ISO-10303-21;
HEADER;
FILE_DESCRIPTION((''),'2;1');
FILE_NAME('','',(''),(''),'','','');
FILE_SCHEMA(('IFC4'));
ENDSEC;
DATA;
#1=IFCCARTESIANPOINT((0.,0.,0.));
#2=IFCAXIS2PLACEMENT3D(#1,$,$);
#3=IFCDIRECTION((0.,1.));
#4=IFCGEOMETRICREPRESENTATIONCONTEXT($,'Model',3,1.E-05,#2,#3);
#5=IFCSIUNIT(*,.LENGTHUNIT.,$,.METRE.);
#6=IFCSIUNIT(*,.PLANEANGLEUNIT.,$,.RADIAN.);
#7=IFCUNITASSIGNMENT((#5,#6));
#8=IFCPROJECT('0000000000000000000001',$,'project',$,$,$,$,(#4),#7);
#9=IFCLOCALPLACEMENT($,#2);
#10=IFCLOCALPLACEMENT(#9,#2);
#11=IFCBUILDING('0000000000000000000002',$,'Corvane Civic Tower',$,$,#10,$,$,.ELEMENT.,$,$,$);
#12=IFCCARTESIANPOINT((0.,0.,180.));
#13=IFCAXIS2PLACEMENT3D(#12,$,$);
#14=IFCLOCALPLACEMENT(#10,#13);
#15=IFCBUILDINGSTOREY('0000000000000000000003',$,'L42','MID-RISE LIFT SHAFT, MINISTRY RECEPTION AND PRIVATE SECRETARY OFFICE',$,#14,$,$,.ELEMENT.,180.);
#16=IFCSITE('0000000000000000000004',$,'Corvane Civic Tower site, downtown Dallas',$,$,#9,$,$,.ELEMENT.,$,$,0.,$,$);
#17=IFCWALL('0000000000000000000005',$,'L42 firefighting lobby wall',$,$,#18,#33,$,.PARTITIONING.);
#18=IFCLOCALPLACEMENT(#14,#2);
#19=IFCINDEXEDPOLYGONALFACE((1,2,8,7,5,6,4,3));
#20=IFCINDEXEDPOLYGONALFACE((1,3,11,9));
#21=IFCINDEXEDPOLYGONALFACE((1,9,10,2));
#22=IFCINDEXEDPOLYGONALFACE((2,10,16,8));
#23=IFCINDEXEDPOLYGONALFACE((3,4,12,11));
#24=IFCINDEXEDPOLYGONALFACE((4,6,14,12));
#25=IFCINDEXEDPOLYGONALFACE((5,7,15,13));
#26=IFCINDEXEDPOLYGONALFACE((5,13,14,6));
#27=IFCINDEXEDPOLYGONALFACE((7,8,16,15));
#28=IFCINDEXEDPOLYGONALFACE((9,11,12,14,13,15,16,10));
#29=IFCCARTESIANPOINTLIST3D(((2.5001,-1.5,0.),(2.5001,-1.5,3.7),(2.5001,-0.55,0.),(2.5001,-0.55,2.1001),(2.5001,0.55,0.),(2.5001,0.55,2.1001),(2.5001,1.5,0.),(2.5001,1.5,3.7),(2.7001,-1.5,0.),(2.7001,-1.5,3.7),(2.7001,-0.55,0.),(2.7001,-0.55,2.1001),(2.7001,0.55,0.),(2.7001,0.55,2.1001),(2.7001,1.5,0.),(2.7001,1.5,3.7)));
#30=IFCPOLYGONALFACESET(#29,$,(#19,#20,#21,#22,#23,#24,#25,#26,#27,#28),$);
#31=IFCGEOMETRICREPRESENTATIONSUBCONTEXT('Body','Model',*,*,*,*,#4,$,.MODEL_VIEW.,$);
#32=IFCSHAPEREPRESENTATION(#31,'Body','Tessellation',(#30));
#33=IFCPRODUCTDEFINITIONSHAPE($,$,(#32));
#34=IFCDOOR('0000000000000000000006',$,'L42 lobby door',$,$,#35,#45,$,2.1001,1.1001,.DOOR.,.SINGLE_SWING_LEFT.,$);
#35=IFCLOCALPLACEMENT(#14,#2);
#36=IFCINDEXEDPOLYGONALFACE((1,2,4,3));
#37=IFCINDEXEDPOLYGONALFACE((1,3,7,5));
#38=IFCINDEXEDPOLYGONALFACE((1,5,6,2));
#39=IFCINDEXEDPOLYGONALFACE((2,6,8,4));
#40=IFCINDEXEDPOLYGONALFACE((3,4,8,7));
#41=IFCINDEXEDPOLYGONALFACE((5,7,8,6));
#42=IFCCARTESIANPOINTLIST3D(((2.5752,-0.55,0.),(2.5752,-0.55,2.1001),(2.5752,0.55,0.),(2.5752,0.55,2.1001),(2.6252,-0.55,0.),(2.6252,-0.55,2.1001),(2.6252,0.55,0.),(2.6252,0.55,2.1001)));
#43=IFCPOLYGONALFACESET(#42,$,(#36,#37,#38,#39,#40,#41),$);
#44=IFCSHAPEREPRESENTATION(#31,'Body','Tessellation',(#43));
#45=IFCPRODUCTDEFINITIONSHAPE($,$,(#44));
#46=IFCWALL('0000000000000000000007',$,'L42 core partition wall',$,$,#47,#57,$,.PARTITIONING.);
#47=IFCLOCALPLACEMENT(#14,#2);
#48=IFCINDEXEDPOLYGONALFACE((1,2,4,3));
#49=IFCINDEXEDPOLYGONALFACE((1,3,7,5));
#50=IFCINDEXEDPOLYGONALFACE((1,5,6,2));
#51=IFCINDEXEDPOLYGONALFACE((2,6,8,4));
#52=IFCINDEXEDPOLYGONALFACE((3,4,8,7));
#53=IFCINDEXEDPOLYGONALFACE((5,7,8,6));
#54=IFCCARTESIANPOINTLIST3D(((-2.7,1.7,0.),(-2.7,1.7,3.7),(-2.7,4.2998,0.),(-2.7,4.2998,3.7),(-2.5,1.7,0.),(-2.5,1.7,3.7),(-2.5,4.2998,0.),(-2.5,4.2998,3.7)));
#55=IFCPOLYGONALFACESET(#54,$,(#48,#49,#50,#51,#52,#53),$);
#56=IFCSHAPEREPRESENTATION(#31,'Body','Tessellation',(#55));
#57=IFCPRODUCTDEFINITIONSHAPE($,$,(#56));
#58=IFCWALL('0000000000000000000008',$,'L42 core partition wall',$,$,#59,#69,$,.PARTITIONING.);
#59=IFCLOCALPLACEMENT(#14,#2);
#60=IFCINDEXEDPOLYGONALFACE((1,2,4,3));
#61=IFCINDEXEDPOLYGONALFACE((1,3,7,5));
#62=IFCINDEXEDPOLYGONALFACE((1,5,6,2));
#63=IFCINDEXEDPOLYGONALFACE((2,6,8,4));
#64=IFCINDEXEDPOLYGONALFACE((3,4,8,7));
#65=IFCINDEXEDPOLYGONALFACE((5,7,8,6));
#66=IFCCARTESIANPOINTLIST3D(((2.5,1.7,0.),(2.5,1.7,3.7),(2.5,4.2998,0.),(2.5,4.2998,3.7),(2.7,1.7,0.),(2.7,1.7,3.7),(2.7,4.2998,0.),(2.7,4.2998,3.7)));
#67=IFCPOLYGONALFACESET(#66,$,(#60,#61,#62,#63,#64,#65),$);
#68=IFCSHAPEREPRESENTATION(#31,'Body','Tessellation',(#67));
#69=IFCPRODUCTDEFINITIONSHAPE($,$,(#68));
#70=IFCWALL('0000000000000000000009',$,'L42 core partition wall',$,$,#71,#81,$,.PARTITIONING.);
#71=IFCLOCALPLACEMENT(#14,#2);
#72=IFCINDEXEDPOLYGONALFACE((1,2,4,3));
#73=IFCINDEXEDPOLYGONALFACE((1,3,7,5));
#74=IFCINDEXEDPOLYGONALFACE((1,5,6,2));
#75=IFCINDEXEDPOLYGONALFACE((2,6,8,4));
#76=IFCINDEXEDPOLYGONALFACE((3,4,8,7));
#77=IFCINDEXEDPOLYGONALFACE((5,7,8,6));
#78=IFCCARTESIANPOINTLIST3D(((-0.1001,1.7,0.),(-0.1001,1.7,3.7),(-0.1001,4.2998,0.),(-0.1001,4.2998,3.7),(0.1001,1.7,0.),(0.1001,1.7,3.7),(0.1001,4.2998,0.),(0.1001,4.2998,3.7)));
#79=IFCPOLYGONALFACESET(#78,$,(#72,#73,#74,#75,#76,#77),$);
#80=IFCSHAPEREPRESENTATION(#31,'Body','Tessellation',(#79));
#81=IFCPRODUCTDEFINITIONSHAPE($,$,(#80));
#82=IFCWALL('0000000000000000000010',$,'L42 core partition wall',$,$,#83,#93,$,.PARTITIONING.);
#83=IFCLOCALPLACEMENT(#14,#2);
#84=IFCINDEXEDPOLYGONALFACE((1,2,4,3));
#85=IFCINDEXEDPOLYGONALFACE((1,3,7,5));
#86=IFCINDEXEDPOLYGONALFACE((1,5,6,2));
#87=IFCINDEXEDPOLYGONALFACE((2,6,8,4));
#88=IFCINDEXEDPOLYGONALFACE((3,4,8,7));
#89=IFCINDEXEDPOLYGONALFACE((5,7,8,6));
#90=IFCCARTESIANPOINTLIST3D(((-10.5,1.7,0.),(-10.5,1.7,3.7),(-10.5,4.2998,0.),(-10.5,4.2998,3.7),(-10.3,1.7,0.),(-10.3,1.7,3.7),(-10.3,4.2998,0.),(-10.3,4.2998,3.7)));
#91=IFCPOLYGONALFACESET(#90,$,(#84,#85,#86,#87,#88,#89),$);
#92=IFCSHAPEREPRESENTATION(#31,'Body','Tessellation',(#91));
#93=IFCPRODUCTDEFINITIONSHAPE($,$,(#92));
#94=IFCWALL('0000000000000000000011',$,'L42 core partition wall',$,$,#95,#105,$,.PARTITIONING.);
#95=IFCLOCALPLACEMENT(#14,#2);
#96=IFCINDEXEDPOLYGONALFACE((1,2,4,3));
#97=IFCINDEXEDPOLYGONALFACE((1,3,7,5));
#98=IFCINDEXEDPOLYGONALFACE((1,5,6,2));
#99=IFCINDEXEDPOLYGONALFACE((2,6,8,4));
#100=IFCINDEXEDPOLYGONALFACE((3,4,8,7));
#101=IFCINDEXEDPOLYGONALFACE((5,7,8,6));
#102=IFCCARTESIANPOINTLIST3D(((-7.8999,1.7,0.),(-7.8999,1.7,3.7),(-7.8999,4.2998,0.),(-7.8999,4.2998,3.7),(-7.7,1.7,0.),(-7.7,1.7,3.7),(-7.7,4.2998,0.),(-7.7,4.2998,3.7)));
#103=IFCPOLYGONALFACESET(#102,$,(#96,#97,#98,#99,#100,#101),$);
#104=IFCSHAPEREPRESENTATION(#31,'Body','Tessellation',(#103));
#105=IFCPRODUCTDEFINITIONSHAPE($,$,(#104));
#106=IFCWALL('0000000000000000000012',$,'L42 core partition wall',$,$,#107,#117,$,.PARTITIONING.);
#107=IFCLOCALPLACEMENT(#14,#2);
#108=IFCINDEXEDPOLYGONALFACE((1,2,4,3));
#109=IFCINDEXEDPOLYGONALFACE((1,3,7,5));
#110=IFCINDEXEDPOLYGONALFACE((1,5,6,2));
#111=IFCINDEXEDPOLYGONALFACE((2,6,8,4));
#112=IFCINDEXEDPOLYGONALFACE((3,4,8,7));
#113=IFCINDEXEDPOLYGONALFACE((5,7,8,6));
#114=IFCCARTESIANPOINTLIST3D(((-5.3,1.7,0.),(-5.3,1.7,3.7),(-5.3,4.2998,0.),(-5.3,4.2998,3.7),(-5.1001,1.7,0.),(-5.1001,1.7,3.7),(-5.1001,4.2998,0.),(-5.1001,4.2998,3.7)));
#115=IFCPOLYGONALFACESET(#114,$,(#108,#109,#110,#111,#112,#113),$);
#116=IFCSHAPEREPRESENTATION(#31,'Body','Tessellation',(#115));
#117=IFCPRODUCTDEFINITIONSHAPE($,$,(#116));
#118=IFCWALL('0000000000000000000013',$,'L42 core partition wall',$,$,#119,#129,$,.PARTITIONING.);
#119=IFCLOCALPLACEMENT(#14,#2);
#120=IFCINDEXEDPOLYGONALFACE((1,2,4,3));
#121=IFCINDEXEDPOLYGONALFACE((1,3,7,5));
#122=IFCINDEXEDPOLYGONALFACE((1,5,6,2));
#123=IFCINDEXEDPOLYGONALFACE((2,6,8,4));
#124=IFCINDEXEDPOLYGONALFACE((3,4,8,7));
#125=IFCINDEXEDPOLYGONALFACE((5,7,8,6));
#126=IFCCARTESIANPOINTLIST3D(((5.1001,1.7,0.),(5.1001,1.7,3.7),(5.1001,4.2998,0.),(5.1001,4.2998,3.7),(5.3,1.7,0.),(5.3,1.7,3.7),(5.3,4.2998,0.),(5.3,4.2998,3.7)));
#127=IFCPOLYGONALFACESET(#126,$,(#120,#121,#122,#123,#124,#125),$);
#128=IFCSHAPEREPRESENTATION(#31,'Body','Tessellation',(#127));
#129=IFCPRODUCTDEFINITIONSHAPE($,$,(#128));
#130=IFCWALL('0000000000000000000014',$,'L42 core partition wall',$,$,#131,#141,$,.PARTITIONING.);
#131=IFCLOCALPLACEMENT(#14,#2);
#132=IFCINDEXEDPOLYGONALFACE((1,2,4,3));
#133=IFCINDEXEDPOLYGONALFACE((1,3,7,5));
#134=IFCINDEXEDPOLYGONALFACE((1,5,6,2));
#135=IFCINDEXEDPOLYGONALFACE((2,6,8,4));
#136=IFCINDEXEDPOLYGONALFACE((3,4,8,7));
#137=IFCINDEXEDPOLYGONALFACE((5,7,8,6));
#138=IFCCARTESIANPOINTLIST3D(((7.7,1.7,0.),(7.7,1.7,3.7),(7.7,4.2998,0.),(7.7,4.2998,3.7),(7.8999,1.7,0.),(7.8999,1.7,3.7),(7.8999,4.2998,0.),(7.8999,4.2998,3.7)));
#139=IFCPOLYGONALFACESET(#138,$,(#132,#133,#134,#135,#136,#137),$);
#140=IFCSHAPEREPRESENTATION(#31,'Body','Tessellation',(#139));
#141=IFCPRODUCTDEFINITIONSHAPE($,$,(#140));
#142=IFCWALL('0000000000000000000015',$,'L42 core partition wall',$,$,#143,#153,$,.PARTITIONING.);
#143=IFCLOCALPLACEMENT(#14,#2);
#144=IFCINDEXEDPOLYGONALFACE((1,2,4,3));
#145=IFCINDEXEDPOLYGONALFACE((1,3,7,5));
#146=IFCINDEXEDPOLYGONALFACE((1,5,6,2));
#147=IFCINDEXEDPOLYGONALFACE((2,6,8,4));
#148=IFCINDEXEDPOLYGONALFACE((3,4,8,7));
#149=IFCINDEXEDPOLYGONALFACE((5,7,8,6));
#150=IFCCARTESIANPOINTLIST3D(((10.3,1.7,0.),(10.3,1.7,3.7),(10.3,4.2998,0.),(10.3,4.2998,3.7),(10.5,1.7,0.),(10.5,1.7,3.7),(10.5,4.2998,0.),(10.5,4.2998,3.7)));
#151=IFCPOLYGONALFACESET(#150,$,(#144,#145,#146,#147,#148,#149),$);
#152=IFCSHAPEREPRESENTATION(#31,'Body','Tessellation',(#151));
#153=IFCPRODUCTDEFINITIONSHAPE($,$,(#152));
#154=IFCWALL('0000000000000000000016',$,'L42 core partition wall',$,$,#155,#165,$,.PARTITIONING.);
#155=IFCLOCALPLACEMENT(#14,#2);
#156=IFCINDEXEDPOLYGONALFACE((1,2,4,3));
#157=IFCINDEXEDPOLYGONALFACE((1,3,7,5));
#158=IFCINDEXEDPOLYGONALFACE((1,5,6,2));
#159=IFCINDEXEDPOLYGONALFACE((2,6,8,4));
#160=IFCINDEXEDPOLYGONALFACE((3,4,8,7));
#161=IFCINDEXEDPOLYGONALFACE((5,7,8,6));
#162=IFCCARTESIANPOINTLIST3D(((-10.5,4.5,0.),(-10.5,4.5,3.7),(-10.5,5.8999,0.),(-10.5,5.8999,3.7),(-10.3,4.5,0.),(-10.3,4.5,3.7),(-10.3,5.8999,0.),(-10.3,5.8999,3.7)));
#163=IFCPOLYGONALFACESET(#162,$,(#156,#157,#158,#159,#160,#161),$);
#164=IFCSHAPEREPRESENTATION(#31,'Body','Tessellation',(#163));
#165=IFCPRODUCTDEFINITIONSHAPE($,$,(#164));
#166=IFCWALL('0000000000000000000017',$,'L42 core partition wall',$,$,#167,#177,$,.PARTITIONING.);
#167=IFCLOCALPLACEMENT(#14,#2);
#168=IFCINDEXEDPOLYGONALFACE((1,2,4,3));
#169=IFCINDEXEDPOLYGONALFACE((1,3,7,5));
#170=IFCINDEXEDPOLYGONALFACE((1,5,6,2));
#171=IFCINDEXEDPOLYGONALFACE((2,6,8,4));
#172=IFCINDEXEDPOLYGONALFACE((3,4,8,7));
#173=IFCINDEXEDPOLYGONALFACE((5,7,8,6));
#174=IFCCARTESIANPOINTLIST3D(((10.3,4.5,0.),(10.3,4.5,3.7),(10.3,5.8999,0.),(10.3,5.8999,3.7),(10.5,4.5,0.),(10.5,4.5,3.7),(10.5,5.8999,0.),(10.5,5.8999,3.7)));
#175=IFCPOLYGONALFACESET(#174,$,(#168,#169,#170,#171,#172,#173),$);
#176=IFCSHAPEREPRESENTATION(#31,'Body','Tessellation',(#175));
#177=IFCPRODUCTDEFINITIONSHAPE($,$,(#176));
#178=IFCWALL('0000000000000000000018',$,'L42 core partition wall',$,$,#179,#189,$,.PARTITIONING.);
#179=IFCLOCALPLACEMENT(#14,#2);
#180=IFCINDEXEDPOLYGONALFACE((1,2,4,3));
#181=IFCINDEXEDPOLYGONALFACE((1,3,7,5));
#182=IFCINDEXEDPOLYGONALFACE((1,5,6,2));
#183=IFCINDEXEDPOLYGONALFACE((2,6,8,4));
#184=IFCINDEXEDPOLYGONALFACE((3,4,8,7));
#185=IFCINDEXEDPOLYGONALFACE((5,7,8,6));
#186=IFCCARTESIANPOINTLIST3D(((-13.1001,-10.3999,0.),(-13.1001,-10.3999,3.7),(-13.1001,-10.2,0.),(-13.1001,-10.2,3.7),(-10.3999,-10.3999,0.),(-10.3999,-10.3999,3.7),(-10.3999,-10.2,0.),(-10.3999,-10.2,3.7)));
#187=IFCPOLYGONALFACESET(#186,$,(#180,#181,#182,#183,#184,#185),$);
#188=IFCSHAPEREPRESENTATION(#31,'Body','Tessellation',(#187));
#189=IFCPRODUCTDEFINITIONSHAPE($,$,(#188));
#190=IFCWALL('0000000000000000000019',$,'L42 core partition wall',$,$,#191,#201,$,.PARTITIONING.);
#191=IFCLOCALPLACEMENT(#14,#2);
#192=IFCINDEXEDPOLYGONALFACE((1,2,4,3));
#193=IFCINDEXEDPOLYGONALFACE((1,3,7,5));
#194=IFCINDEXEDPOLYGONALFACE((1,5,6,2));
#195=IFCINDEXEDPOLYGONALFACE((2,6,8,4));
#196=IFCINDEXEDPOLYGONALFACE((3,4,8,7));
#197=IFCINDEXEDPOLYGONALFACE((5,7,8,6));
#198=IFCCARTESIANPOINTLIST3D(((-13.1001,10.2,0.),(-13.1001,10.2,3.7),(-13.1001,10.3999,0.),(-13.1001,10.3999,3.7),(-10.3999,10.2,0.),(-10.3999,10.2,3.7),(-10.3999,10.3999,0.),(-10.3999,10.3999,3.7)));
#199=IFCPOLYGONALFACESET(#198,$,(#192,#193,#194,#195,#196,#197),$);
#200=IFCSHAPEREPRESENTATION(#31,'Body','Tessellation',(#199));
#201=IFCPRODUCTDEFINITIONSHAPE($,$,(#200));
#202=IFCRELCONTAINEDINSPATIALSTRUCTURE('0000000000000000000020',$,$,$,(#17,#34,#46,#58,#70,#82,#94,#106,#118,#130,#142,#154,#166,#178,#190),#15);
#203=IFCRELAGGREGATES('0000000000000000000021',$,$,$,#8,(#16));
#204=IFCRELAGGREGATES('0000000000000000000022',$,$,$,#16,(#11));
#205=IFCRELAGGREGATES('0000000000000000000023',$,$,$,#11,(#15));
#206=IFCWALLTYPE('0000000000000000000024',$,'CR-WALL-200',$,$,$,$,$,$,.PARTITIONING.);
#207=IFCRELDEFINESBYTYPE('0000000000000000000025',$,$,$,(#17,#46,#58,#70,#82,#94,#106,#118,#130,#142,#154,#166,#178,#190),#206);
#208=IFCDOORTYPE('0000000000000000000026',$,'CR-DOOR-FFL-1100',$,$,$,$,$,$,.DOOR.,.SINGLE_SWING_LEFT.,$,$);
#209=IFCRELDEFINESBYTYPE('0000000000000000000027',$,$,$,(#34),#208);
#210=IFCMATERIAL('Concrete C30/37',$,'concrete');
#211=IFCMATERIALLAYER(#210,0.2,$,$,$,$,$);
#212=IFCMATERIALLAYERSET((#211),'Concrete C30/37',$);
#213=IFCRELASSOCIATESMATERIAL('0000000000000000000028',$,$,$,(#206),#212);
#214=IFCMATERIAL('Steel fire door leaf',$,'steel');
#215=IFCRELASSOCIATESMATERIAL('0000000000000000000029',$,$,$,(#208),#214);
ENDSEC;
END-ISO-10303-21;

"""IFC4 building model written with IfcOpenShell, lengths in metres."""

from ifc_helpers import new_model, si_unit, direction, frame, frame_2d, origin, place, context, subcontext, project, spatial, polyline, rectangle, outline, extrude, material, layer, layer_set, type_object, element, fill, save


model = new_model("IFC4")

# Units and contexts
model_context = context("Model", 3, precision=1e-05, world=origin(), true_north=direction((0.0, 1.0)))
body_context = subcontext(model_context, "Body", "Model", "MODEL_VIEW")
ifc_project = project(units=[si_unit("LENGTHUNIT", "METRE"), si_unit("PLANEANGLEUNIT", "RADIAN")], contexts=[model_context])

# Site, building, storey
site_placement = place(None, origin())
site = spatial("IfcSite", under=ifc_project, at=site_placement, Name="Corvane Civic Tower site, downtown Dallas", CompositionType="ELEMENT", RefElevation=0.0)
building_placement = place(site_placement, origin())
building = spatial("IfcBuilding", under=site, at=building_placement, Name="Corvane Civic Tower", CompositionType="ELEMENT")
storey_placement = place(building_placement, frame((0.0, 0.0, 180.0)))
storey = spatial("IfcBuildingStorey", under=building, at=storey_placement, Name="L42", Description="MID-RISE LIFT SHAFT, MINISTRY RECEPTION AND PRIVATE SECRETARY OFFICE", CompositionType="ELEMENT", Elevation=180.0)

# Wall, opening, door
ifc_material_1 = material(Name="Concrete C30/37", Category="concrete")
ifc_layer = layer(ifc_material_1, 0.2)
ifc_layer_set = layer_set([ifc_layer], Name="Concrete C30/37")
wall_type = type_object("IfcWallType", Name="CR-WALL-200", PredefinedType="PARTITIONING", material=ifc_layer_set)
wall_1_placement = place(storey_placement, frame((2.6001, -1.5, 0.0), z_axis=(0.0, 0.0, 1.0), x_axis=(0.0, 1.0, 0.0)))
wall_1 = element("IfcWall", 1, at=wall_1_placement, inside=storey, type_object=wall_type, Name="L42 firefighting lobby wall", PredefinedType="PARTITIONING", context=body_context, shape_type="SweptSolid", body=[
    extrude(rectangle(XDim=3.0, YDim=0.2, at=frame_2d((1.5, 0.0))), origin(), (0.0, 0.0, 1.0), 3.7),
])
opening_placement = place(wall_1_placement, frame((0.95, 0.0, 0.0)))
opening = element("IfcOpeningElement", 2, at=opening_placement, cuts=wall_1, PredefinedType="OPENING", context=body_context, shape_type="SweptSolid", body=[
    extrude(rectangle(XDim=1.1001, YDim=2.1001, at=frame_2d((0.55, 1.05))), frame((0.0, 0.1099, 0.0), z_axis=(0.0, -1.0, 0.0), x_axis=(1.0, 0.0, 0.0)), (0.0, 0.0, 1.0), 0.22),
])
ifc_material_2 = material(Name="Steel fire door leaf", Category="steel")
door_type = type_object("IfcDoorType", Name="CR-DOOR-FFL-1100", OperationType="SINGLE_SWING_LEFT", PredefinedType="DOOR", material=ifc_material_2)
door_placement = place(opening_placement, origin())
door = element("IfcDoor", 3, at=door_placement, inside=storey, type_object=door_type, Name="L42 lobby door", OperationType="SINGLE_SWING_LEFT", OverallHeight=2.1001, OverallWidth=1.1001, PredefinedType="DOOR", context=body_context, shape_type="SweptSolid", body=[
    extrude(rectangle(XDim=1.1001, YDim=2.1001, at=frame_2d((0.55, 1.05))), frame((0.0, 0.0249, 0.0), z_axis=(0.0, -1.0, 0.0), x_axis=(1.0, 0.0, 0.0)), (0.0, 0.0, 1.0), 0.05),
])
fill(opening, door)

# Walls
wall_2_placement = place(storey_placement, origin())
element("IfcWall", 4, at=wall_2_placement, inside=storey, type_object=wall_type, Name="L42 core partition wall", PredefinedType="PARTITIONING", context=body_context, shape_type="SweptSolid", body=[
    extrude(outline(polyline([(-2.5, 1.7), (-2.7, 1.7), (-2.7, 4.2998), (-2.5, 4.2998), (-2.5, 1.7)])), origin(), (0.0, 0.0, 1.0), 3.7),
])
wall_3_placement = place(storey_placement, origin())
element("IfcWall", 5, at=wall_3_placement, inside=storey, type_object=wall_type, Name="L42 core partition wall", PredefinedType="PARTITIONING", context=body_context, shape_type="SweptSolid", body=[
    extrude(outline(polyline([(2.7, 1.7), (2.5, 1.7), (2.5, 4.2998), (2.7, 4.2998), (2.7, 1.7)])), origin(), (0.0, 0.0, 1.0), 3.7),
])
wall_4_placement = place(storey_placement, origin())
element("IfcWall", 6, at=wall_4_placement, inside=storey, type_object=wall_type, Name="L42 core partition wall", PredefinedType="PARTITIONING", context=body_context, shape_type="SweptSolid", body=[
    extrude(outline(polyline([(0.1001, 1.7), (-0.1001, 1.7), (-0.1001, 4.2998), (0.1001, 4.2998), (0.1001, 1.7)])), origin(), (0.0, 0.0, 1.0), 3.7),
])
wall_5_placement = place(storey_placement, origin())
element("IfcWall", 7, at=wall_5_placement, inside=storey, type_object=wall_type, Name="L42 core partition wall", PredefinedType="PARTITIONING", context=body_context, shape_type="SweptSolid", body=[
    extrude(outline(polyline([(-10.3, 1.7), (-10.5, 1.7), (-10.5, 4.2998), (-10.3, 4.2998), (-10.3, 1.7)])), origin(), (0.0, 0.0, 1.0), 3.7),
])
wall_6_placement = place(storey_placement, origin())
element("IfcWall", 8, at=wall_6_placement, inside=storey, type_object=wall_type, Name="L42 core partition wall", PredefinedType="PARTITIONING", context=body_context, shape_type="SweptSolid", body=[
    extrude(outline(polyline([(-7.7, 1.7), (-7.8999, 1.7), (-7.8999, 4.2998), (-7.7, 4.2998), (-7.7, 1.7)])), origin(), (0.0, 0.0, 1.0), 3.7),
])
wall_7_placement = place(storey_placement, origin())
element("IfcWall", 9, at=wall_7_placement, inside=storey, type_object=wall_type, Name="L42 core partition wall", PredefinedType="PARTITIONING", context=body_context, shape_type="SweptSolid", body=[
    extrude(outline(polyline([(-5.1001, 1.7), (-5.3, 1.7), (-5.3, 4.2998), (-5.1001, 4.2998), (-5.1001, 1.7)])), origin(), (0.0, 0.0, 1.0), 3.7),
])
wall_8_placement = place(storey_placement, origin())
element("IfcWall", 10, at=wall_8_placement, inside=storey, type_object=wall_type, Name="L42 core partition wall", PredefinedType="PARTITIONING", context=body_context, shape_type="SweptSolid", body=[
    extrude(outline(polyline([(5.3, 1.7), (5.1001, 1.7), (5.1001, 4.2998), (5.3, 4.2998), (5.3, 1.7)])), origin(), (0.0, 0.0, 1.0), 3.7),
])
wall_9_placement = place(storey_placement, origin())
element("IfcWall", 11, at=wall_9_placement, inside=storey, type_object=wall_type, Name="L42 core partition wall", PredefinedType="PARTITIONING", context=body_context, shape_type="SweptSolid", body=[
    extrude(outline(polyline([(7.8999, 1.7), (7.7, 1.7), (7.7, 4.2998), (7.8999, 4.2998), (7.8999, 1.7)])), origin(), (0.0, 0.0, 1.0), 3.7),
])
wall_10_placement = place(storey_placement, origin())
element("IfcWall", 12, at=wall_10_placement, inside=storey, type_object=wall_type, Name="L42 core partition wall", PredefinedType="PARTITIONING", context=body_context, shape_type="SweptSolid", body=[
    extrude(outline(polyline([(10.5, 1.7), (10.3, 1.7), (10.3, 4.2998), (10.5, 4.2998), (10.5, 1.7)])), origin(), (0.0, 0.0, 1.0), 3.7),
])
wall_11_placement = place(storey_placement, origin())
element("IfcWall", 13, at=wall_11_placement, inside=storey, type_object=wall_type, Name="L42 core partition wall", PredefinedType="PARTITIONING", context=body_context, shape_type="SweptSolid", body=[
    extrude(outline(polyline([(-10.3, 4.5), (-10.5, 4.5), (-10.5, 5.8999), (-10.3, 5.8999), (-10.3, 4.5)])), origin(), (0.0, 0.0, 1.0), 3.7),
])
wall_12_placement = place(storey_placement, origin())
element("IfcWall", 14, at=wall_12_placement, inside=storey, type_object=wall_type, Name="L42 core partition wall", PredefinedType="PARTITIONING", context=body_context, shape_type="SweptSolid", body=[
    extrude(outline(polyline([(10.5, 4.5), (10.3, 4.5), (10.3, 5.8999), (10.5, 5.8999), (10.5, 4.5)])), origin(), (0.0, 0.0, 1.0), 3.7),
])
wall_13_placement = place(storey_placement, origin())
element("IfcWall", 15, at=wall_13_placement, inside=storey, type_object=wall_type, Name="L42 core partition wall", PredefinedType="PARTITIONING", context=body_context, shape_type="SweptSolid", body=[
    extrude(outline(polyline([(-10.3999, -10.3999), (-13.1001, -10.3999), (-13.1001, -10.2), (-10.3999, -10.2), (-10.3999, -10.3999)])), origin(), (0.0, 0.0, 1.0), 3.7),
])
wall_14_placement = place(storey_placement, origin())
element("IfcWall", 16, at=wall_14_placement, inside=storey, type_object=wall_type, Name="L42 core partition wall", PredefinedType="PARTITIONING", context=body_context, shape_type="SweptSolid", body=[
    extrude(outline(polyline([(-13.1001, 10.2), (-13.1001, 10.3999), (-10.3999, 10.3999), (-10.3999, 10.2), (-13.1001, 10.2)])), origin(), (0.0, 0.0, 1.0), 3.7),
])

save(model, "model.ifc")
